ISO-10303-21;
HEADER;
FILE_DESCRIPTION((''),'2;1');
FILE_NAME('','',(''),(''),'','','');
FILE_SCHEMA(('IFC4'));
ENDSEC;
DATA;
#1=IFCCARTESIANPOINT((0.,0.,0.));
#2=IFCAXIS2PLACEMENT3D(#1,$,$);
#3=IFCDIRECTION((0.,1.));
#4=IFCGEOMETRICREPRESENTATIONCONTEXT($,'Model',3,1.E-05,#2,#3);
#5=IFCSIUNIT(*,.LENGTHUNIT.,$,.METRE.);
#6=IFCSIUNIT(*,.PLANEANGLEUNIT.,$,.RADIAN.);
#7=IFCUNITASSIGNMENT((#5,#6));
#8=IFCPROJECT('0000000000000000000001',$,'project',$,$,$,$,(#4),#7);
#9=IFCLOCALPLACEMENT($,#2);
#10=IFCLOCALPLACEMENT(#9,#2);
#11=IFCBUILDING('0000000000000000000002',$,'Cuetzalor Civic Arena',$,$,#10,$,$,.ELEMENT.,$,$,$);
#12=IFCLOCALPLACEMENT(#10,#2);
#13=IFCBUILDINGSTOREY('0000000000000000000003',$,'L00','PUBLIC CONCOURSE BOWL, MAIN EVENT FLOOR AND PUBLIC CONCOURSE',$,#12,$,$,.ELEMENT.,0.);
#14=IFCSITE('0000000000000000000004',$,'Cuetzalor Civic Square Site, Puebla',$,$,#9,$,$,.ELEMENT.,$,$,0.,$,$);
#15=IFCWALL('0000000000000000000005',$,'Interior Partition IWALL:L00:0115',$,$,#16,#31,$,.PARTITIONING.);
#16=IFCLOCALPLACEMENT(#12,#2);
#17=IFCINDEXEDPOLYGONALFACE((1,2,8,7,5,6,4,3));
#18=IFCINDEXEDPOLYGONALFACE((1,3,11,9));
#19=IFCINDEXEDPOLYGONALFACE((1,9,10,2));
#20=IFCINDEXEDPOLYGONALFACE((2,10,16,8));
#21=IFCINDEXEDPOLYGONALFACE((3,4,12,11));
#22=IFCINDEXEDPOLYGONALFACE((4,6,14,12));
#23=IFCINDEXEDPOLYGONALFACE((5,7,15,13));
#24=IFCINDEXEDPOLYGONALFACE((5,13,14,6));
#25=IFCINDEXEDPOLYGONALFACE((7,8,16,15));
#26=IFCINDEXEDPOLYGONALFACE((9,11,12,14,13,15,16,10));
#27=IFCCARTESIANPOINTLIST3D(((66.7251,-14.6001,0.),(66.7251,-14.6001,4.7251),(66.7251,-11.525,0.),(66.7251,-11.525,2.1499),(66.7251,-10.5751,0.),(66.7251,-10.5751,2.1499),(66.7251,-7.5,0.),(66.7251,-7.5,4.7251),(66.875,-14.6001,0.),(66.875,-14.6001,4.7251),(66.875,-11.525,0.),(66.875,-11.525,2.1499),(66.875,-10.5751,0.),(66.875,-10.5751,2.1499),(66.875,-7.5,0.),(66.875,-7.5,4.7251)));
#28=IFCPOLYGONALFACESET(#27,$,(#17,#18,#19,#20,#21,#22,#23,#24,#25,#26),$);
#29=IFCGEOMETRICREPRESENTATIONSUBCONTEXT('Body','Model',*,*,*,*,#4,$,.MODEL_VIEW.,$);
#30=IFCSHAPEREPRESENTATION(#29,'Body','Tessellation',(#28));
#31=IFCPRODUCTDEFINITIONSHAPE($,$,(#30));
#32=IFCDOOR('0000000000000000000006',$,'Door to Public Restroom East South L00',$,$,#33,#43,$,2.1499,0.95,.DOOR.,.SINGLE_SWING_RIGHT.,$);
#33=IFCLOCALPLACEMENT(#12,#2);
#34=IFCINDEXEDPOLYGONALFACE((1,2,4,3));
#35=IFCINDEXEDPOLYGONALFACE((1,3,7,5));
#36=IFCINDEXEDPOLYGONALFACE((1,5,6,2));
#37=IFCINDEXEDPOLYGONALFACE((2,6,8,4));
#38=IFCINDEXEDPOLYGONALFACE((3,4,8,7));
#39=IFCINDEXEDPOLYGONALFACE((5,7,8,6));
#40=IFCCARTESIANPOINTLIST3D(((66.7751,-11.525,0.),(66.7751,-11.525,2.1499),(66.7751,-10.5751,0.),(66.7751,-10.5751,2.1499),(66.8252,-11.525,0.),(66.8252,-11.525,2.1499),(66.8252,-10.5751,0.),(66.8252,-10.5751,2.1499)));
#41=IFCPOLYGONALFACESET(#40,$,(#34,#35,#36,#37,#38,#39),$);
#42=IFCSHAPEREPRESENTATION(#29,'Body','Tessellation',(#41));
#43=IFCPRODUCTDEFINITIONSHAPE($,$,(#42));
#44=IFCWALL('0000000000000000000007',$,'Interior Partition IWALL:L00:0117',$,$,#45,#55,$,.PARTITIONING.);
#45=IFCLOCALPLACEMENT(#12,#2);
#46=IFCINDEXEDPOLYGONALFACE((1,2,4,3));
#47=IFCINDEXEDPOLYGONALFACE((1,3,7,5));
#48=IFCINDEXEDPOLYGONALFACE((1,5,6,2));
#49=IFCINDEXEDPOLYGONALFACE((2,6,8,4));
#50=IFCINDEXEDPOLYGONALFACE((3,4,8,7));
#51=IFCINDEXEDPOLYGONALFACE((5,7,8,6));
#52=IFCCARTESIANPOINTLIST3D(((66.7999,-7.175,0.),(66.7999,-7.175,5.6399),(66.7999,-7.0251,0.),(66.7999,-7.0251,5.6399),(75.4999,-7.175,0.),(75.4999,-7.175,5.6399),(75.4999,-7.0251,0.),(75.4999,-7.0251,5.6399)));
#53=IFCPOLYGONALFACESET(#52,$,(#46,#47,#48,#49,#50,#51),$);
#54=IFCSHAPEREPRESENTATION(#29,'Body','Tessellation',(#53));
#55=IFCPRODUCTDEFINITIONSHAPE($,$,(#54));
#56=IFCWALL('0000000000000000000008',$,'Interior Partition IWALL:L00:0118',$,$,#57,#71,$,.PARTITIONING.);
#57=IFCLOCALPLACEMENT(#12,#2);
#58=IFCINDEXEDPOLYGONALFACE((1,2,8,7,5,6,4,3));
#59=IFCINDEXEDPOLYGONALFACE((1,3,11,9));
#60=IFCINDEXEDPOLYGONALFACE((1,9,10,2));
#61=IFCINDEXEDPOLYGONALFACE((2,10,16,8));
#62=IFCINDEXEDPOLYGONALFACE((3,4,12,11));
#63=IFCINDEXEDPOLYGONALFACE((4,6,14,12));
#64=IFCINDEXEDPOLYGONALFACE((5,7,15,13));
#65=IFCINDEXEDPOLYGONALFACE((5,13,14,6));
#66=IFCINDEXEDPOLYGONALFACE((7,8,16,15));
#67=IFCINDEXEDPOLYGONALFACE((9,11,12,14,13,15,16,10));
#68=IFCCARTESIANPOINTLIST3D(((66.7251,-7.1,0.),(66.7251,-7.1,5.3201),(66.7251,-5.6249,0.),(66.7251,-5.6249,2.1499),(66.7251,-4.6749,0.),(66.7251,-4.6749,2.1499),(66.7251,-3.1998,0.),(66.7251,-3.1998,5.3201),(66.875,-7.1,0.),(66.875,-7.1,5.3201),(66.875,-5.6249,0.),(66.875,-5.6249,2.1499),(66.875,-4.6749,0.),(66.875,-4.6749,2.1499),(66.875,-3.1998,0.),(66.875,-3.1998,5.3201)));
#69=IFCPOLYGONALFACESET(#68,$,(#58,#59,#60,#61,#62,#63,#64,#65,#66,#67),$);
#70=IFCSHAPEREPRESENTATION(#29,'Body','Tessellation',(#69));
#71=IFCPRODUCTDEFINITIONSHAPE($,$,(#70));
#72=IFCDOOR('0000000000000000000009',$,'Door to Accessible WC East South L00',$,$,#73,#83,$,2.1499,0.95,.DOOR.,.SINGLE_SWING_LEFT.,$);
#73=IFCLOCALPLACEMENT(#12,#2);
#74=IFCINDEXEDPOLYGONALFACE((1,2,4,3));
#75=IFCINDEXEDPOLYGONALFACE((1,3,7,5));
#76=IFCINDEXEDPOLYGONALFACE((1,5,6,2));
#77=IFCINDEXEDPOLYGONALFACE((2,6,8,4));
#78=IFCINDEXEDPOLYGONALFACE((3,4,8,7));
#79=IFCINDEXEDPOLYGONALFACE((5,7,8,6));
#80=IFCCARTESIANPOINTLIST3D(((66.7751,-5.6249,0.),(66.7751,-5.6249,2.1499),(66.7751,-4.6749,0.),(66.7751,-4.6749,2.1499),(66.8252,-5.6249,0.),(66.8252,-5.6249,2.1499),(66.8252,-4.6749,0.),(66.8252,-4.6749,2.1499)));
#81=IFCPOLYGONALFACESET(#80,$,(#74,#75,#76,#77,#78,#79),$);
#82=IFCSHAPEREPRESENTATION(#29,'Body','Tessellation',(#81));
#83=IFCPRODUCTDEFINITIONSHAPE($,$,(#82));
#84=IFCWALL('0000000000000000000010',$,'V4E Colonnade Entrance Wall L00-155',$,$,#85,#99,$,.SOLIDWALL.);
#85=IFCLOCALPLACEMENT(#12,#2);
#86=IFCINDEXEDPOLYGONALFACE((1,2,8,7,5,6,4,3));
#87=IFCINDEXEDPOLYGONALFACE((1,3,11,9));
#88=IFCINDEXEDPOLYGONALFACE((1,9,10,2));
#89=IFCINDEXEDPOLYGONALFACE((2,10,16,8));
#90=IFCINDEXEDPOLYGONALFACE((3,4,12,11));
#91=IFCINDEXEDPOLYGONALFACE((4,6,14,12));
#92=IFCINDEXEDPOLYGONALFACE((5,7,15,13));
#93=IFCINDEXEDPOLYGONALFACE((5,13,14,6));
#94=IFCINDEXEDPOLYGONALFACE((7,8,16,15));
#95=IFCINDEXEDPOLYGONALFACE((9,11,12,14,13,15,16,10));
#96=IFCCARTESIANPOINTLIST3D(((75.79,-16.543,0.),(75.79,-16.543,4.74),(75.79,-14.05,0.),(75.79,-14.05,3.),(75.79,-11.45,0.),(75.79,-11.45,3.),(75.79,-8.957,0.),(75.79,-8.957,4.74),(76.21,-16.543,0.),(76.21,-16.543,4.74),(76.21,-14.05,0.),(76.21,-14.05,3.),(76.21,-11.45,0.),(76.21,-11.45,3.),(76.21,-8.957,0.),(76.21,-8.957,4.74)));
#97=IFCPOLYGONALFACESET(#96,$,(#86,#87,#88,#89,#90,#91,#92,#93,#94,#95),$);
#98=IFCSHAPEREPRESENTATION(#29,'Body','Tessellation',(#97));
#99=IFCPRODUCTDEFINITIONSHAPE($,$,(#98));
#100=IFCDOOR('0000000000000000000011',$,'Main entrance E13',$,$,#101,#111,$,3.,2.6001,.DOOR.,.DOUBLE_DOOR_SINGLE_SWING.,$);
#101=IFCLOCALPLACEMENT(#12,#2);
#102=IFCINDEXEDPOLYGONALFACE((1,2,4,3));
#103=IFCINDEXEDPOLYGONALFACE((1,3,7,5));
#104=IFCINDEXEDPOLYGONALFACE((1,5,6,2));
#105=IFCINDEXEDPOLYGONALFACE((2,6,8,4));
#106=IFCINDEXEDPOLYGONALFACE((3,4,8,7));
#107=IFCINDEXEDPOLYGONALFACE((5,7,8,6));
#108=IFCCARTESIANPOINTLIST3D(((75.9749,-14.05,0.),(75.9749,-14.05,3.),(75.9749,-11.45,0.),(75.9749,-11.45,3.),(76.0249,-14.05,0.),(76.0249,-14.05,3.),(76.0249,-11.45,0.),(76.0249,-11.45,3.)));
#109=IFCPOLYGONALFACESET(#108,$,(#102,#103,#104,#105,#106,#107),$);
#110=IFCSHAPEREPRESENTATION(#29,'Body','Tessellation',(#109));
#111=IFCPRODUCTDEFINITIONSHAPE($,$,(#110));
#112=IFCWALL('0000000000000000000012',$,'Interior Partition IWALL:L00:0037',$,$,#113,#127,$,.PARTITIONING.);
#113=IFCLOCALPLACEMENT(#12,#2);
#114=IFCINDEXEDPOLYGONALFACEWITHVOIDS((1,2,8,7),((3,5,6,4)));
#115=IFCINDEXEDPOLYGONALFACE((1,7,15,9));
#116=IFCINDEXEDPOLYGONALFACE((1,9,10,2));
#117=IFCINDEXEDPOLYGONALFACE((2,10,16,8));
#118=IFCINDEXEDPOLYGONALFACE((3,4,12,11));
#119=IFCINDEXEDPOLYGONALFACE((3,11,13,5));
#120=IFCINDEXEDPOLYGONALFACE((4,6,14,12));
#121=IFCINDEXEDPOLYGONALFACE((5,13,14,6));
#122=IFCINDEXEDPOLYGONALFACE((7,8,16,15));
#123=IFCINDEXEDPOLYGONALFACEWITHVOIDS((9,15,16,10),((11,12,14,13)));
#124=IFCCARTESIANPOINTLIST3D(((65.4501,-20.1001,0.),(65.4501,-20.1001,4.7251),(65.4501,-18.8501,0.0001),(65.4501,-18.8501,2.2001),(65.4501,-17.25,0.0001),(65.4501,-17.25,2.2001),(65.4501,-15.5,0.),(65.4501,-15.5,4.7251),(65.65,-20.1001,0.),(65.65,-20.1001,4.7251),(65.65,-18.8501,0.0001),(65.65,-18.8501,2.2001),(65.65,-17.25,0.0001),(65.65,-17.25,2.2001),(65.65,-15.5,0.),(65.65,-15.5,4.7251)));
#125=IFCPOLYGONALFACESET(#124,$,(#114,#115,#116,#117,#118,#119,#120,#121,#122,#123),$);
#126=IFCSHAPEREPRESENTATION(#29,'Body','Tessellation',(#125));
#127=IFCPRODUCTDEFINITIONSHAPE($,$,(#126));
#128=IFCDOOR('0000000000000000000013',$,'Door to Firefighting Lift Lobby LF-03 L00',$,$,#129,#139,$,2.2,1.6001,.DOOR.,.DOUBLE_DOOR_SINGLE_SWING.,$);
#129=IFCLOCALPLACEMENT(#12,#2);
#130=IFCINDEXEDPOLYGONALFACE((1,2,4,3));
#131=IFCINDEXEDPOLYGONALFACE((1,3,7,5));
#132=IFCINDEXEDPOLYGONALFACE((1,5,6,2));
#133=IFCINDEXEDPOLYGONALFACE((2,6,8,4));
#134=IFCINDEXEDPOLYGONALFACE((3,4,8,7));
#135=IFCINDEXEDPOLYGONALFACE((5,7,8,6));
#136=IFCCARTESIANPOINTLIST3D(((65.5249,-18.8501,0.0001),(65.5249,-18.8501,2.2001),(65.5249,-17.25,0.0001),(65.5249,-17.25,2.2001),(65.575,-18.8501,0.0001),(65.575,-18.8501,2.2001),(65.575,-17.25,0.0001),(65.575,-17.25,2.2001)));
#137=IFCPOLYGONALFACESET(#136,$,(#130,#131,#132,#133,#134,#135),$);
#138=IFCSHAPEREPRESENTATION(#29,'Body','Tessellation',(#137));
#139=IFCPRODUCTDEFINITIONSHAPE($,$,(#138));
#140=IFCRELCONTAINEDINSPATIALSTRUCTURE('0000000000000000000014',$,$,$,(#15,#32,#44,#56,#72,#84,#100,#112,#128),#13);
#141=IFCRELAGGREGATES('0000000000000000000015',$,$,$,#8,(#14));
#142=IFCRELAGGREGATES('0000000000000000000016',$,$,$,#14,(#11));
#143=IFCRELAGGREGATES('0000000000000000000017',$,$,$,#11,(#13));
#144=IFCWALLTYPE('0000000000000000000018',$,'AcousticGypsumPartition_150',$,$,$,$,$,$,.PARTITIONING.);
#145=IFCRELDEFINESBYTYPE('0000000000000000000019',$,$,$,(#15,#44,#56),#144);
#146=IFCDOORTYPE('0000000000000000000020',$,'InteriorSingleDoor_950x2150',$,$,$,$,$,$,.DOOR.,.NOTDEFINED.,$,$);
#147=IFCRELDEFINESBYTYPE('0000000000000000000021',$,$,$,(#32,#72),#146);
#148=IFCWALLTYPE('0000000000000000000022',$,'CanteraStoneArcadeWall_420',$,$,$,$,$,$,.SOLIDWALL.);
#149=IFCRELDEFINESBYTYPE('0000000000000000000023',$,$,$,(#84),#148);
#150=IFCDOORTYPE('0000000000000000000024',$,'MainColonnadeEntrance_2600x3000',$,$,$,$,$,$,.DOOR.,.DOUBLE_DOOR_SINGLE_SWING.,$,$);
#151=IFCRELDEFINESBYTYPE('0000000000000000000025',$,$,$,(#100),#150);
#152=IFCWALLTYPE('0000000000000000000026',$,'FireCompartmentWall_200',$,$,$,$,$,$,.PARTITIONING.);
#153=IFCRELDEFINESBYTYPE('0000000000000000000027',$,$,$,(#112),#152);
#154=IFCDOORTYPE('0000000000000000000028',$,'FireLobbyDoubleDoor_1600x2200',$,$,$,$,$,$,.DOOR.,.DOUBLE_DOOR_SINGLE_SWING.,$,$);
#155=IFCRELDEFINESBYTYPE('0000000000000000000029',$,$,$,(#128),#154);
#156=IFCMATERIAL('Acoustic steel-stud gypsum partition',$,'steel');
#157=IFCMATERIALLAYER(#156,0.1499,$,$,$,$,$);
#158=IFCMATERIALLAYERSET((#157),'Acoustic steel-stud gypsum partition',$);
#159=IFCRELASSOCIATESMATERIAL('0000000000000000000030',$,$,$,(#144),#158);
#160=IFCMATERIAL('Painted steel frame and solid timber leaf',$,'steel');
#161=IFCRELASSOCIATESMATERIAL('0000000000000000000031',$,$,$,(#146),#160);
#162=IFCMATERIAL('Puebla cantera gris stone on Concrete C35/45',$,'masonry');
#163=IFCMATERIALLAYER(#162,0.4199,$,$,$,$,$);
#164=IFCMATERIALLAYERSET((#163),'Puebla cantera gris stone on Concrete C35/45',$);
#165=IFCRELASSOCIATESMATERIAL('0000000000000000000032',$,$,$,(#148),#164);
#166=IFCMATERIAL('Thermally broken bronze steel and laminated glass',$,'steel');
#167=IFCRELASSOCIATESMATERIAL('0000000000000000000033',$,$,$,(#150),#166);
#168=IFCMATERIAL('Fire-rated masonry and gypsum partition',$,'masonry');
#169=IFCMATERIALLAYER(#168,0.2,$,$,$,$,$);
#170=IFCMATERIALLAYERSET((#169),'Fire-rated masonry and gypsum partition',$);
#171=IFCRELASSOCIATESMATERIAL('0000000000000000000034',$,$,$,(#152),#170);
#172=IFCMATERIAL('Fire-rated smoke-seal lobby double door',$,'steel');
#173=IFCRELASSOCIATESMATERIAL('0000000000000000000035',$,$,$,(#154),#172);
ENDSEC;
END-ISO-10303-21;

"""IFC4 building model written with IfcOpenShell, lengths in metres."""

from ifc_helpers import new_model, si_unit, direction, frame, frame_2d, origin, place, context, subcontext, project, spatial, rectangle, extrude, material, layer, layer_set, type_object, element, fill, save


model = new_model("IFC4")

# Units and contexts
model_context = context("Model", 3, precision=1e-05, world=origin(), true_north=direction((0.0, 1.0)))
body_context = subcontext(model_context, "Body", "Model", "MODEL_VIEW")
ifc_project = project(units=[si_unit("LENGTHUNIT", "METRE"), si_unit("PLANEANGLEUNIT", "RADIAN")], contexts=[model_context])

# Site, building, storey
site_placement = place(None, origin())
site = spatial("IfcSite", under=ifc_project, at=site_placement, Name="Cuetzalor Civic Square Site, Puebla", CompositionType="ELEMENT", RefElevation=0.0)
building_placement = place(site_placement, origin())
building = spatial("IfcBuilding", under=site, at=building_placement, Name="Cuetzalor Civic Arena", CompositionType="ELEMENT")
storey_placement = place(building_placement, origin())
storey = spatial("IfcBuildingStorey", under=building, at=storey_placement, Name="L00", Description="PUBLIC CONCOURSE BOWL, MAIN EVENT FLOOR AND PUBLIC CONCOURSE", CompositionType="ELEMENT", Elevation=0.0)

# Shared definitions
ifc_material_1 = material(Name="Acoustic steel-stud gypsum partition", Category="steel")
ifc_layer_1 = layer(ifc_material_1, 0.1499)
ifc_layer_set_1 = layer_set([ifc_layer_1], Name="Acoustic steel-stud gypsum partition")
wall_type_1 = type_object("IfcWallType", Name="AcousticGypsumPartition_150", PredefinedType="PARTITIONING", material=ifc_layer_set_1)

# Wall, opening, door
wall_1_placement = place(storey_placement, frame((66.8, -14.6001, 0.0), z_axis=(0.0, 0.0, 1.0), x_axis=(0.0, 1.0, 0.0)))
wall_1 = element("IfcWall", 1, at=wall_1_placement, inside=storey, type_object=wall_type_1, Name="Interior Partition IWALL:L00:0115", PredefinedType="PARTITIONING", context=body_context, shape_type="SweptSolid", body=[
    extrude(rectangle(XDim=7.1001, YDim=0.1499, at=frame_2d((3.55, 0.0))), origin(), (0.0, 0.0, 1.0), 4.7251),
])
opening_1_placement = place(wall_1_placement, frame((3.075, 0.0, 0.0)))
opening_1 = element("IfcOpeningElement", 2, at=opening_1_placement, cuts=wall_1, PredefinedType="OPENING", context=body_context, shape_type="SweptSolid", body=[
    extrude(rectangle(XDim=0.95, YDim=2.1499, at=frame_2d((0.4751, 1.075))), frame((0.0, 0.085, 0.0), z_axis=(0.0, -1.0, 0.0), x_axis=(1.0, 0.0, 0.0)), (0.0, 0.0, 1.0), 0.1699),
])
ifc_material_2 = material(Name="Painted steel frame and solid timber leaf", Category="steel")
door_type_1 = type_object("IfcDoorType", Name="InteriorSingleDoor_950x2150", OperationType="NOTDEFINED", PredefinedType="DOOR", material=ifc_material_2)
door_1_placement = place(opening_1_placement, origin())
door_1 = element("IfcDoor", 3, at=door_1_placement, inside=storey, type_object=door_type_1, Name="Door to Public Restroom East South L00", OperationType="SINGLE_SWING_RIGHT", OverallHeight=2.1499, OverallWidth=0.95, PredefinedType="DOOR", context=body_context, shape_type="SweptSolid", body=[
    extrude(rectangle(XDim=0.95, YDim=2.1499, at=frame_2d((0.4751, 1.075))), frame((0.0, 0.0249, 0.0), z_axis=(0.0, -1.0, 0.0), x_axis=(1.0, 0.0, 0.0)), (0.0, 0.0, 1.0), 0.05),
])
fill(opening_1, door_1)

# Wall
wall_2_placement = place(storey_placement, frame((75.5, -7.1001, 0.0), z_axis=(0.0, 0.0, 1.0), x_axis=(-1.0, 0.0, 0.0)))
element("IfcWall", 4, at=wall_2_placement, inside=storey, type_object=wall_type_1, Name="Interior Partition IWALL:L00:0117", PredefinedType="PARTITIONING", context=body_context, shape_type="SweptSolid", body=[
    extrude(rectangle(XDim=8.7, YDim=0.1499, at=frame_2d((4.3501, 0.0))), origin(), (0.0, 0.0, 1.0), 5.6399),
])

# Walls, openings, doors
wall_3_placement = place(storey_placement, frame((66.8, -7.1001, 0.0), z_axis=(0.0, 0.0, 1.0), x_axis=(0.0, 1.0, 0.0)))
wall_3 = element("IfcWall", 5, at=wall_3_placement, inside=storey, type_object=wall_type_1, Name="Interior Partition IWALL:L00:0118", PredefinedType="PARTITIONING", context=body_context, shape_type="SweptSolid", body=[
    extrude(rectangle(XDim=3.9001, YDim=0.1499, at=frame_2d((1.9502, 0.0))), origin(), (0.0, 0.0, 1.0), 5.3201),
])
opening_2_placement = place(wall_3_placement, frame((1.4751, 0.0, 0.0)))
opening_2 = element("IfcOpeningElement", 6, at=opening_2_placement, cuts=wall_3, PredefinedType="OPENING", context=body_context, shape_type="SweptSolid", body=[
    extrude(rectangle(XDim=0.95, YDim=2.1499, at=frame_2d((0.4751, 1.075))), frame((0.0, 0.085, 0.0), z_axis=(0.0, -1.0, 0.0), x_axis=(1.0, 0.0, 0.0)), (0.0, 0.0, 1.0), 0.1699),
])
door_2_placement = place(opening_2_placement, origin())
door_2 = element("IfcDoor", 7, at=door_2_placement, inside=storey, type_object=door_type_1, Name="Door to Accessible WC East South L00", OperationType="SINGLE_SWING_LEFT", OverallHeight=2.1499, OverallWidth=0.95, PredefinedType="DOOR", context=body_context, shape_type="SweptSolid", body=[
    extrude(rectangle(XDim=0.95, YDim=2.1499, at=frame_2d((0.4751, 1.075))), frame((0.0, 0.0249, 0.0), z_axis=(0.0, -1.0, 0.0), x_axis=(1.0, 0.0, 0.0)), (0.0, 0.0, 1.0), 0.05),
])
fill(opening_2, door_2)
ifc_material_3 = material(Name="Puebla cantera gris stone on Concrete C35/45", Category="masonry")
ifc_layer_2 = layer(ifc_material_3, 0.4199)
ifc_layer_set_2 = layer_set([ifc_layer_2], Name="Puebla cantera gris stone on Concrete C35/45")
wall_type_2 = type_object("IfcWallType", Name="CanteraStoneArcadeWall_420", PredefinedType="SOLIDWALL", material=ifc_layer_set_2)
wall_4_placement = place(storey_placement, frame((76.0, -8.957, 0.0), z_axis=(0.0, 0.0, 1.0), x_axis=(0.0, -1.0, 0.0)))
wall_4 = element("IfcWall", 8, at=wall_4_placement, inside=storey, type_object=wall_type_2, Name="V4E Colonnade Entrance Wall L00-155", PredefinedType="SOLIDWALL", context=body_context, shape_type="SweptSolid", body=[
    extrude(rectangle(XDim=7.5859, YDim=0.4199, at=frame_2d((3.793, 0.0))), origin(), (0.0, 0.0, 1.0), 4.74),
])
opening_3_placement = place(wall_4_placement, frame((2.4929, 0.0, 0.0)))
opening_3 = element("IfcOpeningElement", 9, at=opening_3_placement, cuts=wall_4, PredefinedType="OPENING", context=body_context, shape_type="SweptSolid", body=[
    extrude(rectangle(XDim=2.6001, YDim=3.0, at=frame_2d((1.3, 1.5))), frame((0.0, 0.22, 0.0), z_axis=(0.0, -1.0, 0.0), x_axis=(1.0, 0.0, 0.0)), (0.0, 0.0, 1.0), 0.4399),
])
ifc_material_4 = material(Name="Thermally broken bronze steel and laminated glass", Category="steel")
door_type_2 = type_object("IfcDoorType", Name="MainColonnadeEntrance_2600x3000", OperationType="DOUBLE_DOOR_SINGLE_SWING", PredefinedType="DOOR", material=ifc_material_4)
door_3_placement = place(opening_3_placement, origin())
door_3 = element("IfcDoor", 10, at=door_3_placement, inside=storey, type_object=door_type_2, Name="Main entrance E13", OperationType="DOUBLE_DOOR_SINGLE_SWING", OverallHeight=3.0, OverallWidth=2.6001, PredefinedType="DOOR", context=body_context, shape_type="SweptSolid", body=[
    extrude(rectangle(XDim=2.6001, YDim=3.0, at=frame_2d((1.3, 1.5))), frame((0.0, 0.0249, 0.0), z_axis=(0.0, -1.0, 0.0), x_axis=(1.0, 0.0, 0.0)), (0.0, 0.0, 1.0), 0.05),
])
fill(opening_3, door_3)
ifc_material_5 = material(Name="Fire-rated masonry and gypsum partition", Category="masonry")
ifc_layer_3 = layer(ifc_material_5, 0.2)
ifc_layer_set_3 = layer_set([ifc_layer_3], Name="Fire-rated masonry and gypsum partition")
wall_type_3 = type_object("IfcWallType", Name="FireCompartmentWall_200", PredefinedType="PARTITIONING", material=ifc_layer_set_3)
wall_5_placement = place(storey_placement, frame((65.55, -15.5, 0.0), z_axis=(0.0, 0.0, 1.0), x_axis=(0.0, -1.0, 0.0)))
wall_5 = element("IfcWall", 11, at=wall_5_placement, inside=storey, type_object=wall_type_3, Name="Interior Partition IWALL:L00:0037", PredefinedType="PARTITIONING", context=body_context, shape_type="SweptSolid", body=[
    extrude(rectangle(XDim=4.6001, YDim=0.2, at=frame_2d((2.3, 0.0))), origin(), (0.0, 0.0, 1.0), 4.7251),
])
opening_4_placement = place(wall_5_placement, frame((1.75, 0.0, 0.0)))
opening_4 = element("IfcOpeningElement", 12, at=opening_4_placement, cuts=wall_5, PredefinedType="OPENING", context=body_context, shape_type="SweptSolid", body=[
    extrude(rectangle(XDim=1.6001, YDim=2.2, at=frame_2d((0.8, 1.1001))), frame((0.0, 0.1099, 0.0), z_axis=(0.0, -1.0, 0.0), x_axis=(1.0, 0.0, 0.0)), (0.0, 0.0, 1.0), 0.22),
])
ifc_material_6 = material(Name="Fire-rated smoke-seal lobby double door", Category="steel")
door_type_3 = type_object("IfcDoorType", Name="FireLobbyDoubleDoor_1600x2200", OperationType="DOUBLE_DOOR_SINGLE_SWING", PredefinedType="DOOR", material=ifc_material_6)
door_4_placement = place(opening_4_placement, origin())
door_4 = element("IfcDoor", 13, at=door_4_placement, inside=storey, type_object=door_type_3, Name="Door to Firefighting Lift Lobby LF-03 L00", OperationType="DOUBLE_DOOR_SINGLE_SWING", OverallHeight=2.2, OverallWidth=1.6001, PredefinedType="DOOR", context=body_context, shape_type="SweptSolid", body=[
    extrude(rectangle(XDim=1.6001, YDim=2.2, at=frame_2d((0.8, 1.1001))), frame((0.0, 0.0249, 0.0), z_axis=(0.0, -1.0, 0.0), x_axis=(1.0, 0.0, 0.0)), (0.0, 0.0, 1.0), 0.05),
])
fill(opening_4, door_4)

save(model, "model.ifc")
